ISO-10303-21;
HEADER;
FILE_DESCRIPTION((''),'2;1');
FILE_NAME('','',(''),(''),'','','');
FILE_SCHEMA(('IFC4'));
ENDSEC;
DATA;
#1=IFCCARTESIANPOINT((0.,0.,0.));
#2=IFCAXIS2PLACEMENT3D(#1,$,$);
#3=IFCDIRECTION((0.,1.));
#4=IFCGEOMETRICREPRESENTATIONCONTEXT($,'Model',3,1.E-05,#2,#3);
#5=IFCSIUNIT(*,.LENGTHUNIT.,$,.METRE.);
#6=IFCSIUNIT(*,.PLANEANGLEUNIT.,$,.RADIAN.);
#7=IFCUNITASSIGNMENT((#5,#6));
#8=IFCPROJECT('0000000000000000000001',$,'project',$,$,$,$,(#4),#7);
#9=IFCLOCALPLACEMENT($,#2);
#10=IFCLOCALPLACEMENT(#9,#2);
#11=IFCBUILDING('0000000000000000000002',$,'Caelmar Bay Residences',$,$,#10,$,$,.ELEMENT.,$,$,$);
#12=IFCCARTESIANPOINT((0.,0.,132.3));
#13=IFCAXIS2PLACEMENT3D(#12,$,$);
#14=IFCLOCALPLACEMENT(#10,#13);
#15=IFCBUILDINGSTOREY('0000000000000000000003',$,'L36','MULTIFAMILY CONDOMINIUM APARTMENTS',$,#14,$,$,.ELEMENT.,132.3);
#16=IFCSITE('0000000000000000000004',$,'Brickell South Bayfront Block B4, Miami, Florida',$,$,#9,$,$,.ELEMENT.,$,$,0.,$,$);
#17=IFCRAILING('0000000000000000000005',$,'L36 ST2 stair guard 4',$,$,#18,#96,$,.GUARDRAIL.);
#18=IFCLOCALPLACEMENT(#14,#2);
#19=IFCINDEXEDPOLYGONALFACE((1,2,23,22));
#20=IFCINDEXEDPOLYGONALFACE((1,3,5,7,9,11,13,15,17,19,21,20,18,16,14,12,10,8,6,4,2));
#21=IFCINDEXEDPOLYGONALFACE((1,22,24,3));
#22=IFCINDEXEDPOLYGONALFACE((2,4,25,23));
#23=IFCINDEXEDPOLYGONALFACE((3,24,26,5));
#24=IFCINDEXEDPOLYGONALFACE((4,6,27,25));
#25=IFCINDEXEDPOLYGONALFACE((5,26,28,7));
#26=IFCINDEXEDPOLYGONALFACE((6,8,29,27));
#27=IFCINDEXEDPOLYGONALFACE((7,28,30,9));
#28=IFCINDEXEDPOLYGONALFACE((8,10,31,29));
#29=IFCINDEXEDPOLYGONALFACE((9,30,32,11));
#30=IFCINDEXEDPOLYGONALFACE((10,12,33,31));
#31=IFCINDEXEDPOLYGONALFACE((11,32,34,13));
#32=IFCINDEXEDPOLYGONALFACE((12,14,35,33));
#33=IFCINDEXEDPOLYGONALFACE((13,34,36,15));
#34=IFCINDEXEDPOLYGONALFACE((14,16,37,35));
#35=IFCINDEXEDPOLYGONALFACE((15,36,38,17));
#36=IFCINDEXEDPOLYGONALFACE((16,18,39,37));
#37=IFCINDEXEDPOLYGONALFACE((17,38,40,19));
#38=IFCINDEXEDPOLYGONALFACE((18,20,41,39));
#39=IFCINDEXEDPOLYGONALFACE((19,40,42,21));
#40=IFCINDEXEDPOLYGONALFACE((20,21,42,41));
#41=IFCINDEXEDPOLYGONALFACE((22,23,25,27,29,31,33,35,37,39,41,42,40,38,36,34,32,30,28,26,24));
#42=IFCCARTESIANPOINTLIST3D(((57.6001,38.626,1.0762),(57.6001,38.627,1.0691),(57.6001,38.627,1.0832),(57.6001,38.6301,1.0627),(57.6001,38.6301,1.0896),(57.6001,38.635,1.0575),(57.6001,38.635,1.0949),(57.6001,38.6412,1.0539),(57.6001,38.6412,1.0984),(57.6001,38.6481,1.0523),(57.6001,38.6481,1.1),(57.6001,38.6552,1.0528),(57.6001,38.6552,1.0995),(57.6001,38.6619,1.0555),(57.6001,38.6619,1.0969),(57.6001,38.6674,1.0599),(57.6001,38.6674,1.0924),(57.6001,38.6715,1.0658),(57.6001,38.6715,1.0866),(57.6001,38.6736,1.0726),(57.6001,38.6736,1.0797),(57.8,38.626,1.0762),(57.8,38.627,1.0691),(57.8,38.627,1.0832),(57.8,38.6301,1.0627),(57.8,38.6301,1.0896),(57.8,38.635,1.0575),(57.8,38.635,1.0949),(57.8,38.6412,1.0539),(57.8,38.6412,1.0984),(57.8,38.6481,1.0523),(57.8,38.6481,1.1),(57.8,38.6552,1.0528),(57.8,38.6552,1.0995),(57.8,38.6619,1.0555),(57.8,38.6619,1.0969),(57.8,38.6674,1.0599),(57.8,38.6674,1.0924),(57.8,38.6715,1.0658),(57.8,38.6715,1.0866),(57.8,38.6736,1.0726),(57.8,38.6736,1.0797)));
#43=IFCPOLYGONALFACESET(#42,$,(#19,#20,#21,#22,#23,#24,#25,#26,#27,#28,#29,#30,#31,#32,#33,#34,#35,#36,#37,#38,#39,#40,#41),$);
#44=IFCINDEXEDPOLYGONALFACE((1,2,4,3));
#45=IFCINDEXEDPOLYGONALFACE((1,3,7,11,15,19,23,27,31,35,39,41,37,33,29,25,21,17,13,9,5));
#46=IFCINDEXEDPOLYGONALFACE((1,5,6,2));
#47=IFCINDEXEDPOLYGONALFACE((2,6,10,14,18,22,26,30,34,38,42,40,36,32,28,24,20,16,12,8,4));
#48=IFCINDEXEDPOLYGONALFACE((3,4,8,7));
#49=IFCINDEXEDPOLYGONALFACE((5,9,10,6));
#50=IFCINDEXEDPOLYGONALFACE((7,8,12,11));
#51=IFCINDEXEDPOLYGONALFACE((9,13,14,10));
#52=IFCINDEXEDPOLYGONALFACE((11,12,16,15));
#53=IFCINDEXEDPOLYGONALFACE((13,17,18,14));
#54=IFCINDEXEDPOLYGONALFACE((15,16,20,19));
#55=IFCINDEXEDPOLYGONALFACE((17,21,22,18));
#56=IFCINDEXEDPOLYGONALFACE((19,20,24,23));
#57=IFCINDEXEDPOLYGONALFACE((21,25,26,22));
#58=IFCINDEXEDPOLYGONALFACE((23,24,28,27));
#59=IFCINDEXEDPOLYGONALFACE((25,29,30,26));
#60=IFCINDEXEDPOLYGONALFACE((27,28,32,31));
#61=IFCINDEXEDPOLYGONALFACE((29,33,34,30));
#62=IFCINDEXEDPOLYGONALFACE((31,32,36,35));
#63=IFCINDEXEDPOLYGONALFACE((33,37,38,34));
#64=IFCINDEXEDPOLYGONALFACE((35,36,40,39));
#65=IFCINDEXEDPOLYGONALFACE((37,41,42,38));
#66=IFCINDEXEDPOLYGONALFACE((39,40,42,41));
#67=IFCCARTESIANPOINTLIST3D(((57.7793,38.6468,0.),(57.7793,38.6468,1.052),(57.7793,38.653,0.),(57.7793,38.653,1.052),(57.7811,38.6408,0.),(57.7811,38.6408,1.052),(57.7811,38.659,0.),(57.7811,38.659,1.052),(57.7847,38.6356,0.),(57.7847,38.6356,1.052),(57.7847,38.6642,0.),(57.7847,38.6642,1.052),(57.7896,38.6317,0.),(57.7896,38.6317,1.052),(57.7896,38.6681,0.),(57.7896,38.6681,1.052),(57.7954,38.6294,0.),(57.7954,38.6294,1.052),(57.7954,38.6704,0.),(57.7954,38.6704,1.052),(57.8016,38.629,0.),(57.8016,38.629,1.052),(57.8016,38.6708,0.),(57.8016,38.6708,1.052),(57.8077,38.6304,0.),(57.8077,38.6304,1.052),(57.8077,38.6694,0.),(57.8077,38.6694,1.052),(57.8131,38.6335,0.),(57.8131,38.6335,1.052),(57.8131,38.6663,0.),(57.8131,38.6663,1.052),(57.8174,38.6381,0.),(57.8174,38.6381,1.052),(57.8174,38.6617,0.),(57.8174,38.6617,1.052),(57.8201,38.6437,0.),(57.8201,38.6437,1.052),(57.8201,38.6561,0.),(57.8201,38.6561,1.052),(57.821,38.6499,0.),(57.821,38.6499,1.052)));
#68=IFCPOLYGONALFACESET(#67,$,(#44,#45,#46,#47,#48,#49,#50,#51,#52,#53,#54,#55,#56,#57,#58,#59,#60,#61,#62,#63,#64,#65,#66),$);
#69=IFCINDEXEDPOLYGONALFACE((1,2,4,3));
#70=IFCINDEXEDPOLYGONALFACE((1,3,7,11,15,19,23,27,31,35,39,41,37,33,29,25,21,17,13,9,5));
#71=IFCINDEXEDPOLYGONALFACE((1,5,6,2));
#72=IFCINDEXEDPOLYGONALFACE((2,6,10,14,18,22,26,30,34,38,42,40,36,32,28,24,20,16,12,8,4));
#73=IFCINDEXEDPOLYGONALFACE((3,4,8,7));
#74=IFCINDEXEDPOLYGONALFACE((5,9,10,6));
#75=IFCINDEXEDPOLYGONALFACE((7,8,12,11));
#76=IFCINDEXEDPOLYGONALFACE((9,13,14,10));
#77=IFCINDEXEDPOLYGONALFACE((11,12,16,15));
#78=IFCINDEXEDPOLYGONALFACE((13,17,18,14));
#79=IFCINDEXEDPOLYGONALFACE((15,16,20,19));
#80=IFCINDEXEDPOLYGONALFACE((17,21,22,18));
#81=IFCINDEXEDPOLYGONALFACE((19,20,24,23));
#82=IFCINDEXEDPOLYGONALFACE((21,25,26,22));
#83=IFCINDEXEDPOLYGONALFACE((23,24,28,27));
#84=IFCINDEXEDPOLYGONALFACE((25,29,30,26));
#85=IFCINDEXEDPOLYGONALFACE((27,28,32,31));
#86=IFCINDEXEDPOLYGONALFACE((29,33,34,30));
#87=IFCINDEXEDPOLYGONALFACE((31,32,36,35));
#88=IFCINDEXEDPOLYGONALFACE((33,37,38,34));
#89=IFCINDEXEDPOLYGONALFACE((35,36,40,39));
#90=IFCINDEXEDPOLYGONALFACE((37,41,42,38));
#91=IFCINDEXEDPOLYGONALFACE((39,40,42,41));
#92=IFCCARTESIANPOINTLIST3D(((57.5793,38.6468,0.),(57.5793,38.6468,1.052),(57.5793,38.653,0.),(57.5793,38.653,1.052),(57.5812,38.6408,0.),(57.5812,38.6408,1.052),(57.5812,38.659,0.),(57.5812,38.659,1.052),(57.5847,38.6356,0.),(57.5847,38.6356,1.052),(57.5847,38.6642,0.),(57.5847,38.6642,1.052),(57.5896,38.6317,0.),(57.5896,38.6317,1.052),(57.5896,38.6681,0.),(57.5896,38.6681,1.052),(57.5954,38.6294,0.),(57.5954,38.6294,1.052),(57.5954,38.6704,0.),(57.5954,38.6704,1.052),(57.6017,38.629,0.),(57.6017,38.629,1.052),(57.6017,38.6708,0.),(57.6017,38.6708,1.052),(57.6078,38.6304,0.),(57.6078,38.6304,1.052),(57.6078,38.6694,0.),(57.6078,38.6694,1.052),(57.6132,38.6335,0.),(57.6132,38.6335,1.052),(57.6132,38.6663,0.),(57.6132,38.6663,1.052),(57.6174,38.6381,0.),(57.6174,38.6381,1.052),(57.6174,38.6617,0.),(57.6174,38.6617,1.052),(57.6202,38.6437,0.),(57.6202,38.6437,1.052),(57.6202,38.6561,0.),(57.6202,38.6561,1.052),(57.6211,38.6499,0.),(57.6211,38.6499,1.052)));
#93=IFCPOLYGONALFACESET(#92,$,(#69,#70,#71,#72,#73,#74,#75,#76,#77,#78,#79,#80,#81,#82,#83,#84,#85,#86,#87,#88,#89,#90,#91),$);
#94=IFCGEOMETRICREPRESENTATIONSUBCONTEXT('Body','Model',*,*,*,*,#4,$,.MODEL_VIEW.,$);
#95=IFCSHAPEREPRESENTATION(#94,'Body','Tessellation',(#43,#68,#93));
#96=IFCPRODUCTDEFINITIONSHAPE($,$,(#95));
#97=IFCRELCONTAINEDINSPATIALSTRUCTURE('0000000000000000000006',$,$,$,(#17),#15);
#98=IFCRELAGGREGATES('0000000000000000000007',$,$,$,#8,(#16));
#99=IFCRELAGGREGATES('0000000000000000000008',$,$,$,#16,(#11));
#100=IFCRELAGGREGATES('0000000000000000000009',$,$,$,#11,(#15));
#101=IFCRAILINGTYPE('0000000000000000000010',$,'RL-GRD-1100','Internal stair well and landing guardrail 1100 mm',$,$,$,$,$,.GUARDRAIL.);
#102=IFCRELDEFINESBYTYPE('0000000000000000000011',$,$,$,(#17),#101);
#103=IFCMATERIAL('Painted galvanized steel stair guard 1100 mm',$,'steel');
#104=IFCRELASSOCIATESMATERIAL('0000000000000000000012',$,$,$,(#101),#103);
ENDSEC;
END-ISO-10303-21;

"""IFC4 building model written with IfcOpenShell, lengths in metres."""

from ifc_helpers import new_model, si_unit, direction, frame, origin, origin_2d, place, context, subcontext, project, spatial, circle, extrude, material, type_object, element, save


model = new_model("IFC4")

# Units and contexts
model_context = context("Model", 3, precision=1e-05, world=origin(), true_north=direction((0.0, 1.0)))
body_context = subcontext(model_context, "Body", "Model", "MODEL_VIEW")
ifc_project = project(units=[si_unit("LENGTHUNIT", "METRE"), si_unit("PLANEANGLEUNIT", "RADIAN")], contexts=[model_context])

# Site, building, storey
site_placement = place(None, origin())
site = spatial("IfcSite", under=ifc_project, at=site_placement, Name="Brickell South Bayfront Block B4, Miami, Florida", CompositionType="ELEMENT", RefElevation=0.0)
building_placement = place(site_placement, origin())
building = spatial("IfcBuilding", under=site, at=building_placement, Name="Caelmar Bay Residences", CompositionType="ELEMENT")
storey_placement = place(building_placement, frame((0.0, 0.0, 132.3)))
storey = spatial("IfcBuildingStorey", under=building, at=storey_placement, Name="L36", Description="MULTIFAMILY CONDOMINIUM APARTMENTS", CompositionType="ELEMENT", Elevation=132.3)

# Railing
ifc_material_1 = material(Name="Painted galvanized steel stair guard 1100 mm", Category="steel")
railing_type_1 = type_object("IfcRailingType", Name="RL-GRD-1100", Description="Internal stair well and landing guardrail 1100 mm", PredefinedType="GUARDRAIL", material=ifc_material_1)
railing_1_placement = place(storey_placement, frame((57.8, 38.6499, 0.0)))
element("IfcRailing", 1, at=railing_1_placement, inside=storey, type_object=railing_type_1, Name="L36 ST2 stair guard 4", PredefinedType="GUARDRAIL", context=body_context, shape_type="SweptSolid", body=[
    extrude(circle(Radius=0.0239, at=origin_2d()), frame((0.0, 0.0, 1.0762), z_axis=(-1.0, 0.0, 0.0), x_axis=(0.0, -1.0, 0.0)), (0.0, 0.0, 1.0), 0.2),
    extrude(circle(Radius=0.021, at=origin_2d()), origin(), (0.0, 0.0, 1.0), 1.052),
    extrude(circle(Radius=0.021, at=origin_2d()), frame((-0.2, 0.0, 0.0)), (0.0, 0.0, 1.0), 1.052),
])

save(model, "model.ifc")
